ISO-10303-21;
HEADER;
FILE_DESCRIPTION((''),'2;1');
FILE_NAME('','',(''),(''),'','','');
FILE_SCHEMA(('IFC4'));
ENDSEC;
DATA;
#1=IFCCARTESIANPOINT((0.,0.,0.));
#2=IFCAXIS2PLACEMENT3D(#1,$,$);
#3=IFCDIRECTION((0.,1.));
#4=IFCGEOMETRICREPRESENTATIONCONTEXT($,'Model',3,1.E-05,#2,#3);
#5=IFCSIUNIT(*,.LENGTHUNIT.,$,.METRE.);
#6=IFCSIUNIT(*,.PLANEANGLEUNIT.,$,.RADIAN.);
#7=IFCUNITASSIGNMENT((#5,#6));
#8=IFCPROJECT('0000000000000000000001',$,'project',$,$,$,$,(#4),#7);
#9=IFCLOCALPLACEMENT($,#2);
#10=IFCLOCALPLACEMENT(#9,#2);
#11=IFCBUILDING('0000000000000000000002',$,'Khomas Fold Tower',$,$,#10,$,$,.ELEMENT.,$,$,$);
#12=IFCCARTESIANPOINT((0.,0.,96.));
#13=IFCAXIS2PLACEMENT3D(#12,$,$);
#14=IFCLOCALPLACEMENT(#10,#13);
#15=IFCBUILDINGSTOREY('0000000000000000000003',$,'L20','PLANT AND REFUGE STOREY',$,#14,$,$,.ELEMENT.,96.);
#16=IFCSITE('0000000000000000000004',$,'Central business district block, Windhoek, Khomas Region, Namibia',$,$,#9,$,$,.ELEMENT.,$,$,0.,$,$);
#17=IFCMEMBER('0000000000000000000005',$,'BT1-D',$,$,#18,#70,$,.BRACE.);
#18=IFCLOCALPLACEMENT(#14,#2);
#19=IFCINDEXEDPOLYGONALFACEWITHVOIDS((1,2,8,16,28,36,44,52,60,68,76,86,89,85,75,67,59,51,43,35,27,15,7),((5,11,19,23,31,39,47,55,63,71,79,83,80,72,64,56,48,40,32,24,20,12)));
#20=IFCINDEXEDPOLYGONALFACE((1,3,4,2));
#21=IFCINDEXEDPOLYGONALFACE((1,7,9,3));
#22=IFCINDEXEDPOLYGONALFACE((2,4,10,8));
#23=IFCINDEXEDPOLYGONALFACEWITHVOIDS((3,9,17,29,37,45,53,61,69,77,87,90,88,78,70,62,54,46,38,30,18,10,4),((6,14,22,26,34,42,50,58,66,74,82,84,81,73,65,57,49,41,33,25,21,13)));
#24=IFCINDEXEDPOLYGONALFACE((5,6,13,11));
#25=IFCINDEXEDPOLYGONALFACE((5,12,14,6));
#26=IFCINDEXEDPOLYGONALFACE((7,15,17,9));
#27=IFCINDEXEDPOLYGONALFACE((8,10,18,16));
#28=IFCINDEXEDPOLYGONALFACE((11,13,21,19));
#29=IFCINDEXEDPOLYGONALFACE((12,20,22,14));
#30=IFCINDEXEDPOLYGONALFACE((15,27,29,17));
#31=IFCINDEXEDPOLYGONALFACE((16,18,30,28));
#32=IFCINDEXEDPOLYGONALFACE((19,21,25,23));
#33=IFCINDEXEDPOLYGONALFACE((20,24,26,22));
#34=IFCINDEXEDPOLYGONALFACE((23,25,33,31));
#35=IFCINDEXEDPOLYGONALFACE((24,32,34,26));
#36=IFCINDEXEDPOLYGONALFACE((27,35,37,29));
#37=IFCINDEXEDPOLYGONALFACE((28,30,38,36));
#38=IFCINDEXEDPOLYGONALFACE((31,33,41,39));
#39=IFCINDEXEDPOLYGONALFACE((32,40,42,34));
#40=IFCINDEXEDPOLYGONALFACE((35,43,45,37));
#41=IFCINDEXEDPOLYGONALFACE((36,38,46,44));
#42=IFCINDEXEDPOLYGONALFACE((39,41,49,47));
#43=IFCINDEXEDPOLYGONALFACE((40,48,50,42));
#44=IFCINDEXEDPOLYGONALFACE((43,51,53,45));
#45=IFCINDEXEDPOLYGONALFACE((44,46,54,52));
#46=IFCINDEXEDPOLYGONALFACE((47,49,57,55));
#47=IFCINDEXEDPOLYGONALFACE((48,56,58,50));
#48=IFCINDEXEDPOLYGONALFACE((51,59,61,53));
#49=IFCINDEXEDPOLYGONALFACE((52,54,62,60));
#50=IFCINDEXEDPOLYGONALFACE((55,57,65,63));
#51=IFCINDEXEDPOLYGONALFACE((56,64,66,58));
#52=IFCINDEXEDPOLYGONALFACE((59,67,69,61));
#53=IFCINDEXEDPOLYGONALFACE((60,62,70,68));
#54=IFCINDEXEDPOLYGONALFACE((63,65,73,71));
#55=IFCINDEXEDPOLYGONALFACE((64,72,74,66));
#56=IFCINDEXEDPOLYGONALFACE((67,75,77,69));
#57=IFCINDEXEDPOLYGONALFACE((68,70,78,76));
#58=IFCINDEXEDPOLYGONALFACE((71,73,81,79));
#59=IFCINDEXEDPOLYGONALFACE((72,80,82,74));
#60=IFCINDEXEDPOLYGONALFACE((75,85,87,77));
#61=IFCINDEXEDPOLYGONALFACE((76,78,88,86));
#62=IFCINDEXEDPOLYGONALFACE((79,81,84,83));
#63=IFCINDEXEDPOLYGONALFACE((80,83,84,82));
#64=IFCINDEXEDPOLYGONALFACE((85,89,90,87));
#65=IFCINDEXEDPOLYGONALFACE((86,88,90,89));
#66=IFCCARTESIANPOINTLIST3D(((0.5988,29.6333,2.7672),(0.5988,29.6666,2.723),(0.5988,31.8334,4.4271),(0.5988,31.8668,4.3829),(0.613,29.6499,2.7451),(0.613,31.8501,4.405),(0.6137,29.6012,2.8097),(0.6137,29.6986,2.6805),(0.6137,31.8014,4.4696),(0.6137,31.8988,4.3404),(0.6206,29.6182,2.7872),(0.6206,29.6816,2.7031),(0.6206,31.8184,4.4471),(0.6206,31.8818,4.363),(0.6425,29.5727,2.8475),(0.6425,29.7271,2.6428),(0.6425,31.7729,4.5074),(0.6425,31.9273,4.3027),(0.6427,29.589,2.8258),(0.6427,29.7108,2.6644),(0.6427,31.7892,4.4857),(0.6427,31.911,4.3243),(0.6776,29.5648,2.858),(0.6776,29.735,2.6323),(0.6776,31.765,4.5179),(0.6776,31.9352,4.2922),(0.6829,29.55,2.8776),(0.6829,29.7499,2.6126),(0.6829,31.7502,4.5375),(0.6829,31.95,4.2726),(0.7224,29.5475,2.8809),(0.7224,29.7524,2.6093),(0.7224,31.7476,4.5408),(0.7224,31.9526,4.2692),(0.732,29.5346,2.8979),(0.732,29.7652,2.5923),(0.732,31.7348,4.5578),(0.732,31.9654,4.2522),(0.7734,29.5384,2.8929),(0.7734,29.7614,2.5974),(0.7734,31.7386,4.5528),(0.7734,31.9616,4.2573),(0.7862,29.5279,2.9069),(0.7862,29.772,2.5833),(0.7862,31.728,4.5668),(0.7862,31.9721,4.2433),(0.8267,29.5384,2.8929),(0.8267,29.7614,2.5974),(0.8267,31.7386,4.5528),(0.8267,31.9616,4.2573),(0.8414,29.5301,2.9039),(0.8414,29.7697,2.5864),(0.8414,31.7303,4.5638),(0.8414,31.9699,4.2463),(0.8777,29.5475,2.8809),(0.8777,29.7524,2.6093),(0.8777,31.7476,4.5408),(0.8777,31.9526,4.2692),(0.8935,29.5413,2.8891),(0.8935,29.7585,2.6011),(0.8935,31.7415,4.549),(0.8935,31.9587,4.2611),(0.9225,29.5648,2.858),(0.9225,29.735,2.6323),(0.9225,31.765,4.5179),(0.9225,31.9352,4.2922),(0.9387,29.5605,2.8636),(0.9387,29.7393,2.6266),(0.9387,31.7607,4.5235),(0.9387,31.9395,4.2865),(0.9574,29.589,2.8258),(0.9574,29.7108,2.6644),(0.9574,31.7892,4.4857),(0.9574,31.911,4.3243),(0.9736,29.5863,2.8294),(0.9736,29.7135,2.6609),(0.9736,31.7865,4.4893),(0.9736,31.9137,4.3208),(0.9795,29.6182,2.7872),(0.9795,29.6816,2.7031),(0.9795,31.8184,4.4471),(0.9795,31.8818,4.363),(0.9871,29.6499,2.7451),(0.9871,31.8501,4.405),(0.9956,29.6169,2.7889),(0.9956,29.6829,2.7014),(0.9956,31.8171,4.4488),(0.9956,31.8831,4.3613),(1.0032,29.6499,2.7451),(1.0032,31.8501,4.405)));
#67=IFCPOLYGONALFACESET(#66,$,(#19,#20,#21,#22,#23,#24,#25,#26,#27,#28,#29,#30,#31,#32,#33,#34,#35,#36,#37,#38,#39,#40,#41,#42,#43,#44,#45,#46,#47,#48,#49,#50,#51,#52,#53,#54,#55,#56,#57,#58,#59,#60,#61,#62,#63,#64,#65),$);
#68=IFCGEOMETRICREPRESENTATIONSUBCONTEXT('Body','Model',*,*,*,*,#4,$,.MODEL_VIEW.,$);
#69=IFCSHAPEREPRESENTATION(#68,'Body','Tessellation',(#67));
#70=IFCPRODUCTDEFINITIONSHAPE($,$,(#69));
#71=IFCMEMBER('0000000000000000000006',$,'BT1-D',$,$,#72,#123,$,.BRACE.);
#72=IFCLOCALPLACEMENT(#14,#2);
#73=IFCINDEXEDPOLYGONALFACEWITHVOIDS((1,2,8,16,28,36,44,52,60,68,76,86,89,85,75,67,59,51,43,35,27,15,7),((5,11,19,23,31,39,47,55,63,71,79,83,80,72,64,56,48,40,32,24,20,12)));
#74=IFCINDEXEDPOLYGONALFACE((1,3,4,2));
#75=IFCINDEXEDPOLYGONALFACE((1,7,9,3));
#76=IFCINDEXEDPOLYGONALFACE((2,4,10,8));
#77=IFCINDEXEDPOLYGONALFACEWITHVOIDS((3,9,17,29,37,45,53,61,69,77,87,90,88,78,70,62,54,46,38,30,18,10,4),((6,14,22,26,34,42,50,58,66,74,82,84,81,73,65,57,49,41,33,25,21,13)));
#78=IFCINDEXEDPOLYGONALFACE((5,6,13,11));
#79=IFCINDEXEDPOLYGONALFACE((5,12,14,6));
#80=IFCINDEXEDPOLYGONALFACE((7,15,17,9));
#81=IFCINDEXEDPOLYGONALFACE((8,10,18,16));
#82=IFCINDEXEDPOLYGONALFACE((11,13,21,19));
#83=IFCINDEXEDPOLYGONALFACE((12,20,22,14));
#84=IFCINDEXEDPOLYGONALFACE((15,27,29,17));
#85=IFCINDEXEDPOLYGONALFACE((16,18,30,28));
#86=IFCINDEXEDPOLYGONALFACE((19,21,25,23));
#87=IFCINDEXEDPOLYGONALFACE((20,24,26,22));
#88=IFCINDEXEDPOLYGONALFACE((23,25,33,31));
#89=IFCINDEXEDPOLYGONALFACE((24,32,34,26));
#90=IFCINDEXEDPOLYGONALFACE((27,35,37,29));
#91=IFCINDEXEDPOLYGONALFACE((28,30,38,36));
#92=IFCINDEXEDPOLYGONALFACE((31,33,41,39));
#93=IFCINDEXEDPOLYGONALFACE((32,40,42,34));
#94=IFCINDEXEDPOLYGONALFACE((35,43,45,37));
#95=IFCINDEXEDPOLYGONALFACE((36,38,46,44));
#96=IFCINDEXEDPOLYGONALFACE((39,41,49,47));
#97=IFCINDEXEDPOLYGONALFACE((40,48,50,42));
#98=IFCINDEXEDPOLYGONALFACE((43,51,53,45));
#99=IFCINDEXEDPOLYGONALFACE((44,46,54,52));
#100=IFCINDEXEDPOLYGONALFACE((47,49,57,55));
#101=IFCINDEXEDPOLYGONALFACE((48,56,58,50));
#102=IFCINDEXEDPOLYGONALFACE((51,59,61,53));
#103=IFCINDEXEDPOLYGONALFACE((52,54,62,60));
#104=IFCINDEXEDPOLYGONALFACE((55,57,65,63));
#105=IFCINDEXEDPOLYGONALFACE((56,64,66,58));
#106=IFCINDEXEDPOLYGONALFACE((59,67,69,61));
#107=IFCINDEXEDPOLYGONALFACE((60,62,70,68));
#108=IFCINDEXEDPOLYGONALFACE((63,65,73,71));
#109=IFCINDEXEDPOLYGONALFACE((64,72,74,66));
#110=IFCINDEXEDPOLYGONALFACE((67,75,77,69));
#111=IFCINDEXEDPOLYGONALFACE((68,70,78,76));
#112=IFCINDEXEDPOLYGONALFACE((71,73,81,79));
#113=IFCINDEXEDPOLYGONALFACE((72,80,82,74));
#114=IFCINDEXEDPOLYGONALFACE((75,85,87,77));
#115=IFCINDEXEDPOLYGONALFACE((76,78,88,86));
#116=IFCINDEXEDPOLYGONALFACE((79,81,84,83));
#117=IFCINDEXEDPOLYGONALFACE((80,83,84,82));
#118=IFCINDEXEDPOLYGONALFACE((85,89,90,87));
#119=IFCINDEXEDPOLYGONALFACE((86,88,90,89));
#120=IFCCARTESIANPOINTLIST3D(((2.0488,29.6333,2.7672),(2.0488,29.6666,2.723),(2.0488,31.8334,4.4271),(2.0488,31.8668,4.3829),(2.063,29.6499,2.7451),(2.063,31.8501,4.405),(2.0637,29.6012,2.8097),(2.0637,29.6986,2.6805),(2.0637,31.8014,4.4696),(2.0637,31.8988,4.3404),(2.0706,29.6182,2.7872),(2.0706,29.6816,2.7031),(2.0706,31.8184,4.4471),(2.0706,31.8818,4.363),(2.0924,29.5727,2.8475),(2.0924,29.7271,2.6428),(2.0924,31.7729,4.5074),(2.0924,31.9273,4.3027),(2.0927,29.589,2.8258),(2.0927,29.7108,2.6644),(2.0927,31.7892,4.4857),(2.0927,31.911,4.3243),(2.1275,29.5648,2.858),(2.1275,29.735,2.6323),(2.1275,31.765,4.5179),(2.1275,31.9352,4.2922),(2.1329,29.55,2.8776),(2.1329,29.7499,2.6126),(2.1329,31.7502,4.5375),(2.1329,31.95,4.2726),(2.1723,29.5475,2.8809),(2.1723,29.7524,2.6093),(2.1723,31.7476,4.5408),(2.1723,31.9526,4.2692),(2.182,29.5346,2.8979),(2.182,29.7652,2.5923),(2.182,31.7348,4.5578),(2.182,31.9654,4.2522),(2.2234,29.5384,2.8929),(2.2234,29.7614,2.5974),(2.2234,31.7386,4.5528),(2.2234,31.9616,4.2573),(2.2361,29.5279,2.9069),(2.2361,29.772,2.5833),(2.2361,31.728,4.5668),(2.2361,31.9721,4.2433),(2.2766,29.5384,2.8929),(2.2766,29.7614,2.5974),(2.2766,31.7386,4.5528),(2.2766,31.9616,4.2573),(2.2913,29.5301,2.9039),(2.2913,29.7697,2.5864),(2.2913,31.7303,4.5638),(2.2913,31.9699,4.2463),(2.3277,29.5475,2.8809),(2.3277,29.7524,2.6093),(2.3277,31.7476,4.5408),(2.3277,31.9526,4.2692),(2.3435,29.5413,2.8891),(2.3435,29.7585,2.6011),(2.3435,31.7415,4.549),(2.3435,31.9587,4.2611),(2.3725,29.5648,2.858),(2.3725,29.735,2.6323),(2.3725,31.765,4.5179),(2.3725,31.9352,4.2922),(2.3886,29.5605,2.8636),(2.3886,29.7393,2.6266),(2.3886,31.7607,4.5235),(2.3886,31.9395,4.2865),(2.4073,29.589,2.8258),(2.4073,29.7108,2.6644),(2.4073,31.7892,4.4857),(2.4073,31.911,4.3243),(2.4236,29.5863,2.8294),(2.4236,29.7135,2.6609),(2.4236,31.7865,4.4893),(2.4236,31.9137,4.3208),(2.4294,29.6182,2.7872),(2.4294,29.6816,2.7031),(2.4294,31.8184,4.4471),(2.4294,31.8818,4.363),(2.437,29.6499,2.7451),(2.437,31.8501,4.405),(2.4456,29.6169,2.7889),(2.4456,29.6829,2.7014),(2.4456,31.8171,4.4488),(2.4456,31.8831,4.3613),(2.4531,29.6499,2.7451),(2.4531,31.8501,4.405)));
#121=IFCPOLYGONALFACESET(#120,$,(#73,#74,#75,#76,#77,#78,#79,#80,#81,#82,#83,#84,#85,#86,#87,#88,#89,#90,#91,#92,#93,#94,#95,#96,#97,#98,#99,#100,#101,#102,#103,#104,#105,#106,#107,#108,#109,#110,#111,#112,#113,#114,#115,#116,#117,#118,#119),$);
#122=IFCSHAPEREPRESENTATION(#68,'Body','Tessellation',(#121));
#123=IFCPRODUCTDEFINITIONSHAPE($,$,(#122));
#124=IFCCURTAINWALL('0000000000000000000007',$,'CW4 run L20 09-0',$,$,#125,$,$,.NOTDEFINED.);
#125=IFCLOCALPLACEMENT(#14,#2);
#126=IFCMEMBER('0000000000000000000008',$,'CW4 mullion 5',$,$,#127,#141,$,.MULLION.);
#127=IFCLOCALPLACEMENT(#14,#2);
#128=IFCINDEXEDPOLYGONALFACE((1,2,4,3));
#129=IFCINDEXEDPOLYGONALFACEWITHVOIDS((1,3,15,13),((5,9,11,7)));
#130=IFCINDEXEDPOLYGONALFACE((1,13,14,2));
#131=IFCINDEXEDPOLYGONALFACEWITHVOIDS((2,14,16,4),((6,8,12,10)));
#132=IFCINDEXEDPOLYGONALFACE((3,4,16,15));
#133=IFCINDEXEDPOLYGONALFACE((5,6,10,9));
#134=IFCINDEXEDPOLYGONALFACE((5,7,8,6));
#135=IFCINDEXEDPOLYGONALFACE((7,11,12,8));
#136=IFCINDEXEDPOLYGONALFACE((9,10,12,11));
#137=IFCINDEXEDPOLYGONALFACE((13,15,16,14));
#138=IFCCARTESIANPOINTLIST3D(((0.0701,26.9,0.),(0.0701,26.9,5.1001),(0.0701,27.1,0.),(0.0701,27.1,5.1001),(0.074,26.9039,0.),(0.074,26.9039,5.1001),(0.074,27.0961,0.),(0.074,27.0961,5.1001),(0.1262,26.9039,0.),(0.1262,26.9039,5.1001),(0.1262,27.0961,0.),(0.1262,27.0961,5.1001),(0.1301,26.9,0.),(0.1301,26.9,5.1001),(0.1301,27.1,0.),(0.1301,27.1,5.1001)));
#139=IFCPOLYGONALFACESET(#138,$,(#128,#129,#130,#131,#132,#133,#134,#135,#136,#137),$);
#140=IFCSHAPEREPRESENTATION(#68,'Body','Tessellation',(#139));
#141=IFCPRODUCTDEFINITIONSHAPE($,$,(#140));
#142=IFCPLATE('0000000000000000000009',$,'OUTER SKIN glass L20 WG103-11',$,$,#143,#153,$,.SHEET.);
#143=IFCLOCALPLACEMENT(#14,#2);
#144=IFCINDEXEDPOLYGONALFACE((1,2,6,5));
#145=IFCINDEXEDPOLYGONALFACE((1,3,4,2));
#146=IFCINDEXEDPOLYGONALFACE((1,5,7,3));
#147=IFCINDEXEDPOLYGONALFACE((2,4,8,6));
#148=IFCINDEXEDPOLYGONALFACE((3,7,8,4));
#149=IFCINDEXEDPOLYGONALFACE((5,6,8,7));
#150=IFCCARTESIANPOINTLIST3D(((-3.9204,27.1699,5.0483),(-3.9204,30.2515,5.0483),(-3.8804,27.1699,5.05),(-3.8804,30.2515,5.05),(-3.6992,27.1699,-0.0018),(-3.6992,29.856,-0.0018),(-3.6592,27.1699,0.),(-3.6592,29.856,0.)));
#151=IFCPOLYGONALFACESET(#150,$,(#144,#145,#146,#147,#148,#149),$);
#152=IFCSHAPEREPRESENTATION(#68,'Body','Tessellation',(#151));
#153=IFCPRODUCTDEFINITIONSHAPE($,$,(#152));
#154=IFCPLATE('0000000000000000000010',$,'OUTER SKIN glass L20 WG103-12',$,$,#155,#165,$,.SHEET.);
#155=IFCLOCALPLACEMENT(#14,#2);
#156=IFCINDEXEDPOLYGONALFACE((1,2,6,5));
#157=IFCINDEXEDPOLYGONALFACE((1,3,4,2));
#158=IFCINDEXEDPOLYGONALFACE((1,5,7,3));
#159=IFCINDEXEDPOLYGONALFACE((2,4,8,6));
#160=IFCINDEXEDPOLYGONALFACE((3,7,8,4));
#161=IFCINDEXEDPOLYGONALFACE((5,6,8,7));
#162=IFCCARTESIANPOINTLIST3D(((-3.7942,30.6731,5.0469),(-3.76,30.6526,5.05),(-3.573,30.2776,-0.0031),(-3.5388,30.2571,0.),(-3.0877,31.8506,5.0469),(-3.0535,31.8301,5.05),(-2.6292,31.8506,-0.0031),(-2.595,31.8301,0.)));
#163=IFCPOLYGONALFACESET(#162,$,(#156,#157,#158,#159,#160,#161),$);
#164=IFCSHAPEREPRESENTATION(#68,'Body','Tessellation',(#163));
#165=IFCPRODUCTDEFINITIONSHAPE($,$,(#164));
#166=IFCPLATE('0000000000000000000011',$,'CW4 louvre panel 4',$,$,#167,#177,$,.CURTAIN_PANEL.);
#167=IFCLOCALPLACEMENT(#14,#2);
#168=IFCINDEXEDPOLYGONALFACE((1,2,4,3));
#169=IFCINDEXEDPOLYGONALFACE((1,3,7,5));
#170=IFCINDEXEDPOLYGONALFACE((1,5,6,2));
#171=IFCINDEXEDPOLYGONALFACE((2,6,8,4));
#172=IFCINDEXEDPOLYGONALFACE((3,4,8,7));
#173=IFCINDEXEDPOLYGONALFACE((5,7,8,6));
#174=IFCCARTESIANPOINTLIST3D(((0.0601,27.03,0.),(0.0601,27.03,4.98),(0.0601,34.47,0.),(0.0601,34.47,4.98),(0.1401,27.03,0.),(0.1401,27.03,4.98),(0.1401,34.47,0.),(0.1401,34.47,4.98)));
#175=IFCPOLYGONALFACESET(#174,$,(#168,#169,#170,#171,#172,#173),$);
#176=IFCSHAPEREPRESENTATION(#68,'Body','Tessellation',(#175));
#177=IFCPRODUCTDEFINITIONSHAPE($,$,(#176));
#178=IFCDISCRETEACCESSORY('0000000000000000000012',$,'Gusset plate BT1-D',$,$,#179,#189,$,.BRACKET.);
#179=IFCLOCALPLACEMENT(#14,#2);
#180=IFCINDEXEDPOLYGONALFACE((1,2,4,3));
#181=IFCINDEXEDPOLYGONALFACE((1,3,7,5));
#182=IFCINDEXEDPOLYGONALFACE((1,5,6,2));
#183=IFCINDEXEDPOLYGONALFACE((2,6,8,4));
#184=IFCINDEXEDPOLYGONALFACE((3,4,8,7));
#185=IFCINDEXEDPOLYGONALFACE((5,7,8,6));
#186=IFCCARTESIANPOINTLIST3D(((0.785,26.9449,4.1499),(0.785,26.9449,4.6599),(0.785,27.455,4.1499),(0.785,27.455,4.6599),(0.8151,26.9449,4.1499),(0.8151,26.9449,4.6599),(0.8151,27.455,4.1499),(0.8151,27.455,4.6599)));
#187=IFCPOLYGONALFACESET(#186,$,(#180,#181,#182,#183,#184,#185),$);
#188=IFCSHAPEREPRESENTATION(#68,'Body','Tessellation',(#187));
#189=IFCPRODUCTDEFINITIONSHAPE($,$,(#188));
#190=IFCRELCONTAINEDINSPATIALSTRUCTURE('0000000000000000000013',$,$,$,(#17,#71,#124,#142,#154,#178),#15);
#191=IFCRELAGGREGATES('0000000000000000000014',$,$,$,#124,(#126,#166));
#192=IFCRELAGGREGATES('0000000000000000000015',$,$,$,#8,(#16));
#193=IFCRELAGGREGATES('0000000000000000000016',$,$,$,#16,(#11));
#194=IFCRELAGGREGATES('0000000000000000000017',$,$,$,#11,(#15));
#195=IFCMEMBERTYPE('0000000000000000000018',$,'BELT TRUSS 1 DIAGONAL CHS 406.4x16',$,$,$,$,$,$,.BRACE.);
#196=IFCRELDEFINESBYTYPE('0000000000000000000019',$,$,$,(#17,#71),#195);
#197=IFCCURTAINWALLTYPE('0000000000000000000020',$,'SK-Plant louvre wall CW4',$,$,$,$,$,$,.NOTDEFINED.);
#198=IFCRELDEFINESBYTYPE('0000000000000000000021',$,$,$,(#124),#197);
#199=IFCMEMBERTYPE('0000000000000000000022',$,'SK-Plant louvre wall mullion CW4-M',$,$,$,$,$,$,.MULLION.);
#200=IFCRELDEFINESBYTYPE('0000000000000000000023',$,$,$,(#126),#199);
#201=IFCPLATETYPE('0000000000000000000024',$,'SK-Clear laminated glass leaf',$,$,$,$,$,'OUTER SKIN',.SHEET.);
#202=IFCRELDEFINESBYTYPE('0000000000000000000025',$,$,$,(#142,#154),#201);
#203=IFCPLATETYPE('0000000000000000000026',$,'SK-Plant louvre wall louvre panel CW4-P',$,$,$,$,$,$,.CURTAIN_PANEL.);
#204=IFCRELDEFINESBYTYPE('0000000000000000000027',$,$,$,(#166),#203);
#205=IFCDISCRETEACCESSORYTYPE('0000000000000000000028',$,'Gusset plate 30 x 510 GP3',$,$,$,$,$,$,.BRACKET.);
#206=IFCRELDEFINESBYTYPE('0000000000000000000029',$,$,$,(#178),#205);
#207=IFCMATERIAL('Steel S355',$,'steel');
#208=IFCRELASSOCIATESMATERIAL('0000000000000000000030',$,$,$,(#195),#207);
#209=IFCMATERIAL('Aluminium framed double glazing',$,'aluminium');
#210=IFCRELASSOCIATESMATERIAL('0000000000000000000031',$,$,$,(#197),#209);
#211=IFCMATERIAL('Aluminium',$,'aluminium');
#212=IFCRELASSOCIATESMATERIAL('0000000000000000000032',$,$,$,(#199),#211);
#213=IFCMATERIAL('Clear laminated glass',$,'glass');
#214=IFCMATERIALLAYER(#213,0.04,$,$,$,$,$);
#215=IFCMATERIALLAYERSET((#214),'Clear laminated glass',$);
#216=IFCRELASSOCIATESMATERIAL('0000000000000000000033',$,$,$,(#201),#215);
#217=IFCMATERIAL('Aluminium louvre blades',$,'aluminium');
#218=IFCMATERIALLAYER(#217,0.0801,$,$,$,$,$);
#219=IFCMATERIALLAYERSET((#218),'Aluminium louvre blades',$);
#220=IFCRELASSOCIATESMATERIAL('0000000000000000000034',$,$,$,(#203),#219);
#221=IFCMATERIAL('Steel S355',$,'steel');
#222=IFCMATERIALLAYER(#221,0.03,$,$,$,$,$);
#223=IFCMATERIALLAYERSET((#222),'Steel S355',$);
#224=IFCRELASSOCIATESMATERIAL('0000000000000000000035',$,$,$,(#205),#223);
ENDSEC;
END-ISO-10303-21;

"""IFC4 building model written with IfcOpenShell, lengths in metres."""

from ifc_helpers import new_model, si_unit, direction, frame, origin, origin_2d, place, context, subcontext, project, spatial, polyline, rectangle, hollow_rectangle, hollow_circle, outline, extrude, source, transform, mapped, material, layer, layer_set, material_profile, profile_set, type_object, element, aggregate, save


model = new_model("IFC4")

# Units and contexts
model_context = context("Model", 3, precision=1e-05, world=origin(), true_north=direction((0.0, 1.0)))
body_context = subcontext(model_context, "Body", "Model", "MODEL_VIEW")
ifc_project = project(units=[si_unit("LENGTHUNIT", "METRE"), si_unit("PLANEANGLEUNIT", "RADIAN")], contexts=[model_context])

# Site, building, storey
site_placement = place(None, origin())
site = spatial("IfcSite", under=ifc_project, at=site_placement, Name="Central business district block, Windhoek, Khomas Region, Namibia", CompositionType="ELEMENT", RefElevation=0.0)
building_placement = place(site_placement, origin())
building = spatial("IfcBuilding", under=site, at=building_placement, Name="Khomas Fold Tower", CompositionType="ELEMENT")
storey_placement = place(building_placement, frame((0.0, 0.0, 96.0)))
storey = spatial("IfcBuildingStorey", under=building, at=storey_placement, Name="L20", Description="PLANT AND REFUGE STOREY", CompositionType="ELEMENT", Elevation=96.0)

# Members
ifc_material_1 = material(Name="Steel S355", Category="steel")
ifc_material_profile_1 = material_profile(ifc_material_1, hollow_circle(Radius=0.2031, WallThickness=0.0161, at=origin_2d()), Name="CHS 406.4x16")
ifc_profile_set_1 = profile_set([ifc_material_profile_1], Name="Steel S355")
member_type_1 = type_object("IfcMemberType", Name="BELT TRUSS 1 DIAGONAL CHS 406.4x16", PredefinedType="BRACE", material=ifc_profile_set_1)
shared_shape_1 = source(origin(), body_context, "Body", "SweptSolid", [
    extrude(hollow_circle(Radius=0.2031, WallThickness=0.0161, at=origin_2d()), origin(), (0.0, 0.0, 1.0), 2.7561),
])
for number, where, z_axis, x_axis, name in (
    (1, (0.8, 31.8501, 4.405), (0.0, -0.798296, -0.602265), (1.0, 0.0, 0.0), "BT1-D"),
    (2, (2.25, 31.8501, 4.405), (0.0, -0.798296, -0.602265), (1.0, 0.0, 0.0), "BT1-D"),
):
    element("IfcMember", number, at=place(storey_placement, frame(where, z_axis=z_axis, x_axis=x_axis)), inside=storey, type_object=member_type_1, Name=name, PredefinedType="BRACE", context=body_context, shape_type="MappedRepresentation", body=[
        mapped(shared_shape_1, transform((0.0, 0.0, 0.0))),
    ])

# Curtain wall, member
ifc_material_2 = material(Name="Aluminium framed double glazing", Category="aluminium")
curtain_wall_type = type_object("IfcCurtainWallType", Name="SK-Plant louvre wall CW4", PredefinedType="NOTDEFINED", material=ifc_material_2)
curtain_wall_placement = place(storey_placement, origin())
curtain_wall = element("IfcCurtainWall", 3, at=curtain_wall_placement, inside=storey, type_object=curtain_wall_type, Name="CW4 run L20 09-0", PredefinedType="NOTDEFINED")
ifc_material_3 = material(Name="Aluminium", Category="aluminium")
ifc_material_profile_2 = material_profile(ifc_material_3, hollow_rectangle(XDim=0.0601, YDim=0.2, WallThickness=0.0039, at=origin_2d()), Name="SK-Plant louvre wall mullion CW4-M")
ifc_profile_set_2 = profile_set([ifc_material_profile_2], Name="Aluminium")
member_type_2 = type_object("IfcMemberType", Name="SK-Plant louvre wall mullion CW4-M", PredefinedType="MULLION", material=ifc_profile_set_2)
shared_shape_2 = source(origin(), body_context, "Body", "SweptSolid", [
    extrude(hollow_rectangle(XDim=0.0601, YDim=0.2, WallThickness=0.0039, at=origin_2d()), origin(), (0.0, 0.0, 1.0), 5.1001),
])
member_placement = place(storey_placement, frame((0.1001, 27.0, 0.0), z_axis=(0.0, 0.0, 1.0), x_axis=(1.0, 0.0, 0.0)))
member = element("IfcMember", 4, at=member_placement, type_object=member_type_2, Name="CW4 mullion 5", PredefinedType="MULLION", context=body_context, shape_type="MappedRepresentation", body=[
    mapped(shared_shape_2, transform((0.0, 0.0, 0.0))),
])

# Plates
ifc_material_4 = material(Name="Clear laminated glass", Category="glass")
ifc_layer_1 = layer(ifc_material_4, 0.04)
ifc_layer_set_1 = layer_set([ifc_layer_1], Name="Clear laminated glass")
plate_type_1 = type_object("IfcPlateType", Name="SK-Clear laminated glass leaf", ElementType="OUTER SKIN", PredefinedType="SHEET", material=ifc_layer_set_1)
plate_1_placement = place(storey_placement, frame((-3.6592, 29.856, 0.0), z_axis=(0.999042, 0.0, 0.043758), x_axis=(0.0, -1.0, 0.0)))
element("IfcPlate", 5, at=plate_1_placement, inside=storey, type_object=plate_type_1, Name="OUTER SKIN glass L20 WG103-11", PredefinedType="SHEET", context=body_context, shape_type="SweptSolid", body=[
    extrude(outline(polyline([(0.0, 0.0), (2.686, 0.0), (2.686, -5.0549), (-0.3955, -5.0549), (0.0, 0.0)])), origin(), (0.0, 0.0, -1.0), 0.04),
])
plate_2_placement = place(storey_placement, frame((-3.5388, 30.2571, 0.0), z_axis=(0.854893, -0.512966, 0.077617), x_axis=(-0.043624, 0.078004, 0.995998)))
element("IfcPlate", 6, at=plate_2_placement, inside=storey, type_object=plate_type_1, Name="OUTER SKIN glass L20 WG103-12", PredefinedType="SHEET", context=body_context, shape_type="SweptSolid", body=[
    extrude(outline(polyline([(0.0, 0.0), (5.0703, 0.0), (5.1314, -1.3718), (0.0815, -1.8326), (0.0, 0.0)])), origin(), (0.0, 0.0, -1.0), 0.04),
])

# Plate
ifc_material_5 = material(Name="Aluminium louvre blades", Category="aluminium")
ifc_layer_2 = layer(ifc_material_5, 0.0801)
ifc_layer_set_2 = layer_set([ifc_layer_2], Name="Aluminium louvre blades")
plate_type_2 = type_object("IfcPlateType", Name="SK-Plant louvre wall louvre panel CW4-P", PredefinedType="CURTAIN_PANEL", material=ifc_layer_set_2)
shared_shape_3 = source(origin(), body_context, "Body", "SweptSolid", [
    extrude(rectangle(XDim=7.4399, YDim=0.0801, at=origin_2d()), origin(), (0.0, 0.0, 1.0), 4.98),
])
plate_3_placement = place(storey_placement, frame((0.1001, 30.75, 0.0), z_axis=(0.0, 0.0, 1.0), x_axis=(0.0, -1.0, 0.0)))
plate_3 = element("IfcPlate", 7, at=plate_3_placement, type_object=plate_type_2, Name="CW4 louvre panel 4", PredefinedType="CURTAIN_PANEL", context=body_context, shape_type="MappedRepresentation", body=[
    mapped(shared_shape_3, transform((0.0, 0.0, 0.0))),
])
aggregate(curtain_wall, [member, plate_3])

# Discrete accessory
ifc_material_6 = material(Name="Steel S355", Category="steel")
ifc_layer_3 = layer(ifc_material_6, 0.03)
ifc_layer_set_3 = layer_set([ifc_layer_3], Name="Steel S355")
discrete_accessory_type_1 = type_object("IfcDiscreteAccessoryType", Name="Gusset plate 30 x 510 GP3", PredefinedType="BRACKET", material=ifc_layer_set_3)
shared_shape_4 = source(origin(), body_context, "Body", "SweptSolid", [
    extrude(rectangle(XDim=0.51, YDim=0.03, at=origin_2d()), origin(), (0.0, 0.0, 1.0), 0.51),
])
for number, where, z_axis, x_axis, name in (
    (8, (0.8, 27.2, 4.1499), (0.0, 0.0, 1.0), (0.0, 1.0, 0.0), "Gusset plate BT1-D"),
):
    element("IfcDiscreteAccessory", number, at=place(storey_placement, frame(where, z_axis=z_axis, x_axis=x_axis)), inside=storey, type_object=discrete_accessory_type_1, Name=name, PredefinedType="BRACKET", context=body_context, shape_type="MappedRepresentation", body=[
        mapped(shared_shape_4, transform((0.0, 0.0, 0.0))),
    ])

save(model, "model.ifc")
